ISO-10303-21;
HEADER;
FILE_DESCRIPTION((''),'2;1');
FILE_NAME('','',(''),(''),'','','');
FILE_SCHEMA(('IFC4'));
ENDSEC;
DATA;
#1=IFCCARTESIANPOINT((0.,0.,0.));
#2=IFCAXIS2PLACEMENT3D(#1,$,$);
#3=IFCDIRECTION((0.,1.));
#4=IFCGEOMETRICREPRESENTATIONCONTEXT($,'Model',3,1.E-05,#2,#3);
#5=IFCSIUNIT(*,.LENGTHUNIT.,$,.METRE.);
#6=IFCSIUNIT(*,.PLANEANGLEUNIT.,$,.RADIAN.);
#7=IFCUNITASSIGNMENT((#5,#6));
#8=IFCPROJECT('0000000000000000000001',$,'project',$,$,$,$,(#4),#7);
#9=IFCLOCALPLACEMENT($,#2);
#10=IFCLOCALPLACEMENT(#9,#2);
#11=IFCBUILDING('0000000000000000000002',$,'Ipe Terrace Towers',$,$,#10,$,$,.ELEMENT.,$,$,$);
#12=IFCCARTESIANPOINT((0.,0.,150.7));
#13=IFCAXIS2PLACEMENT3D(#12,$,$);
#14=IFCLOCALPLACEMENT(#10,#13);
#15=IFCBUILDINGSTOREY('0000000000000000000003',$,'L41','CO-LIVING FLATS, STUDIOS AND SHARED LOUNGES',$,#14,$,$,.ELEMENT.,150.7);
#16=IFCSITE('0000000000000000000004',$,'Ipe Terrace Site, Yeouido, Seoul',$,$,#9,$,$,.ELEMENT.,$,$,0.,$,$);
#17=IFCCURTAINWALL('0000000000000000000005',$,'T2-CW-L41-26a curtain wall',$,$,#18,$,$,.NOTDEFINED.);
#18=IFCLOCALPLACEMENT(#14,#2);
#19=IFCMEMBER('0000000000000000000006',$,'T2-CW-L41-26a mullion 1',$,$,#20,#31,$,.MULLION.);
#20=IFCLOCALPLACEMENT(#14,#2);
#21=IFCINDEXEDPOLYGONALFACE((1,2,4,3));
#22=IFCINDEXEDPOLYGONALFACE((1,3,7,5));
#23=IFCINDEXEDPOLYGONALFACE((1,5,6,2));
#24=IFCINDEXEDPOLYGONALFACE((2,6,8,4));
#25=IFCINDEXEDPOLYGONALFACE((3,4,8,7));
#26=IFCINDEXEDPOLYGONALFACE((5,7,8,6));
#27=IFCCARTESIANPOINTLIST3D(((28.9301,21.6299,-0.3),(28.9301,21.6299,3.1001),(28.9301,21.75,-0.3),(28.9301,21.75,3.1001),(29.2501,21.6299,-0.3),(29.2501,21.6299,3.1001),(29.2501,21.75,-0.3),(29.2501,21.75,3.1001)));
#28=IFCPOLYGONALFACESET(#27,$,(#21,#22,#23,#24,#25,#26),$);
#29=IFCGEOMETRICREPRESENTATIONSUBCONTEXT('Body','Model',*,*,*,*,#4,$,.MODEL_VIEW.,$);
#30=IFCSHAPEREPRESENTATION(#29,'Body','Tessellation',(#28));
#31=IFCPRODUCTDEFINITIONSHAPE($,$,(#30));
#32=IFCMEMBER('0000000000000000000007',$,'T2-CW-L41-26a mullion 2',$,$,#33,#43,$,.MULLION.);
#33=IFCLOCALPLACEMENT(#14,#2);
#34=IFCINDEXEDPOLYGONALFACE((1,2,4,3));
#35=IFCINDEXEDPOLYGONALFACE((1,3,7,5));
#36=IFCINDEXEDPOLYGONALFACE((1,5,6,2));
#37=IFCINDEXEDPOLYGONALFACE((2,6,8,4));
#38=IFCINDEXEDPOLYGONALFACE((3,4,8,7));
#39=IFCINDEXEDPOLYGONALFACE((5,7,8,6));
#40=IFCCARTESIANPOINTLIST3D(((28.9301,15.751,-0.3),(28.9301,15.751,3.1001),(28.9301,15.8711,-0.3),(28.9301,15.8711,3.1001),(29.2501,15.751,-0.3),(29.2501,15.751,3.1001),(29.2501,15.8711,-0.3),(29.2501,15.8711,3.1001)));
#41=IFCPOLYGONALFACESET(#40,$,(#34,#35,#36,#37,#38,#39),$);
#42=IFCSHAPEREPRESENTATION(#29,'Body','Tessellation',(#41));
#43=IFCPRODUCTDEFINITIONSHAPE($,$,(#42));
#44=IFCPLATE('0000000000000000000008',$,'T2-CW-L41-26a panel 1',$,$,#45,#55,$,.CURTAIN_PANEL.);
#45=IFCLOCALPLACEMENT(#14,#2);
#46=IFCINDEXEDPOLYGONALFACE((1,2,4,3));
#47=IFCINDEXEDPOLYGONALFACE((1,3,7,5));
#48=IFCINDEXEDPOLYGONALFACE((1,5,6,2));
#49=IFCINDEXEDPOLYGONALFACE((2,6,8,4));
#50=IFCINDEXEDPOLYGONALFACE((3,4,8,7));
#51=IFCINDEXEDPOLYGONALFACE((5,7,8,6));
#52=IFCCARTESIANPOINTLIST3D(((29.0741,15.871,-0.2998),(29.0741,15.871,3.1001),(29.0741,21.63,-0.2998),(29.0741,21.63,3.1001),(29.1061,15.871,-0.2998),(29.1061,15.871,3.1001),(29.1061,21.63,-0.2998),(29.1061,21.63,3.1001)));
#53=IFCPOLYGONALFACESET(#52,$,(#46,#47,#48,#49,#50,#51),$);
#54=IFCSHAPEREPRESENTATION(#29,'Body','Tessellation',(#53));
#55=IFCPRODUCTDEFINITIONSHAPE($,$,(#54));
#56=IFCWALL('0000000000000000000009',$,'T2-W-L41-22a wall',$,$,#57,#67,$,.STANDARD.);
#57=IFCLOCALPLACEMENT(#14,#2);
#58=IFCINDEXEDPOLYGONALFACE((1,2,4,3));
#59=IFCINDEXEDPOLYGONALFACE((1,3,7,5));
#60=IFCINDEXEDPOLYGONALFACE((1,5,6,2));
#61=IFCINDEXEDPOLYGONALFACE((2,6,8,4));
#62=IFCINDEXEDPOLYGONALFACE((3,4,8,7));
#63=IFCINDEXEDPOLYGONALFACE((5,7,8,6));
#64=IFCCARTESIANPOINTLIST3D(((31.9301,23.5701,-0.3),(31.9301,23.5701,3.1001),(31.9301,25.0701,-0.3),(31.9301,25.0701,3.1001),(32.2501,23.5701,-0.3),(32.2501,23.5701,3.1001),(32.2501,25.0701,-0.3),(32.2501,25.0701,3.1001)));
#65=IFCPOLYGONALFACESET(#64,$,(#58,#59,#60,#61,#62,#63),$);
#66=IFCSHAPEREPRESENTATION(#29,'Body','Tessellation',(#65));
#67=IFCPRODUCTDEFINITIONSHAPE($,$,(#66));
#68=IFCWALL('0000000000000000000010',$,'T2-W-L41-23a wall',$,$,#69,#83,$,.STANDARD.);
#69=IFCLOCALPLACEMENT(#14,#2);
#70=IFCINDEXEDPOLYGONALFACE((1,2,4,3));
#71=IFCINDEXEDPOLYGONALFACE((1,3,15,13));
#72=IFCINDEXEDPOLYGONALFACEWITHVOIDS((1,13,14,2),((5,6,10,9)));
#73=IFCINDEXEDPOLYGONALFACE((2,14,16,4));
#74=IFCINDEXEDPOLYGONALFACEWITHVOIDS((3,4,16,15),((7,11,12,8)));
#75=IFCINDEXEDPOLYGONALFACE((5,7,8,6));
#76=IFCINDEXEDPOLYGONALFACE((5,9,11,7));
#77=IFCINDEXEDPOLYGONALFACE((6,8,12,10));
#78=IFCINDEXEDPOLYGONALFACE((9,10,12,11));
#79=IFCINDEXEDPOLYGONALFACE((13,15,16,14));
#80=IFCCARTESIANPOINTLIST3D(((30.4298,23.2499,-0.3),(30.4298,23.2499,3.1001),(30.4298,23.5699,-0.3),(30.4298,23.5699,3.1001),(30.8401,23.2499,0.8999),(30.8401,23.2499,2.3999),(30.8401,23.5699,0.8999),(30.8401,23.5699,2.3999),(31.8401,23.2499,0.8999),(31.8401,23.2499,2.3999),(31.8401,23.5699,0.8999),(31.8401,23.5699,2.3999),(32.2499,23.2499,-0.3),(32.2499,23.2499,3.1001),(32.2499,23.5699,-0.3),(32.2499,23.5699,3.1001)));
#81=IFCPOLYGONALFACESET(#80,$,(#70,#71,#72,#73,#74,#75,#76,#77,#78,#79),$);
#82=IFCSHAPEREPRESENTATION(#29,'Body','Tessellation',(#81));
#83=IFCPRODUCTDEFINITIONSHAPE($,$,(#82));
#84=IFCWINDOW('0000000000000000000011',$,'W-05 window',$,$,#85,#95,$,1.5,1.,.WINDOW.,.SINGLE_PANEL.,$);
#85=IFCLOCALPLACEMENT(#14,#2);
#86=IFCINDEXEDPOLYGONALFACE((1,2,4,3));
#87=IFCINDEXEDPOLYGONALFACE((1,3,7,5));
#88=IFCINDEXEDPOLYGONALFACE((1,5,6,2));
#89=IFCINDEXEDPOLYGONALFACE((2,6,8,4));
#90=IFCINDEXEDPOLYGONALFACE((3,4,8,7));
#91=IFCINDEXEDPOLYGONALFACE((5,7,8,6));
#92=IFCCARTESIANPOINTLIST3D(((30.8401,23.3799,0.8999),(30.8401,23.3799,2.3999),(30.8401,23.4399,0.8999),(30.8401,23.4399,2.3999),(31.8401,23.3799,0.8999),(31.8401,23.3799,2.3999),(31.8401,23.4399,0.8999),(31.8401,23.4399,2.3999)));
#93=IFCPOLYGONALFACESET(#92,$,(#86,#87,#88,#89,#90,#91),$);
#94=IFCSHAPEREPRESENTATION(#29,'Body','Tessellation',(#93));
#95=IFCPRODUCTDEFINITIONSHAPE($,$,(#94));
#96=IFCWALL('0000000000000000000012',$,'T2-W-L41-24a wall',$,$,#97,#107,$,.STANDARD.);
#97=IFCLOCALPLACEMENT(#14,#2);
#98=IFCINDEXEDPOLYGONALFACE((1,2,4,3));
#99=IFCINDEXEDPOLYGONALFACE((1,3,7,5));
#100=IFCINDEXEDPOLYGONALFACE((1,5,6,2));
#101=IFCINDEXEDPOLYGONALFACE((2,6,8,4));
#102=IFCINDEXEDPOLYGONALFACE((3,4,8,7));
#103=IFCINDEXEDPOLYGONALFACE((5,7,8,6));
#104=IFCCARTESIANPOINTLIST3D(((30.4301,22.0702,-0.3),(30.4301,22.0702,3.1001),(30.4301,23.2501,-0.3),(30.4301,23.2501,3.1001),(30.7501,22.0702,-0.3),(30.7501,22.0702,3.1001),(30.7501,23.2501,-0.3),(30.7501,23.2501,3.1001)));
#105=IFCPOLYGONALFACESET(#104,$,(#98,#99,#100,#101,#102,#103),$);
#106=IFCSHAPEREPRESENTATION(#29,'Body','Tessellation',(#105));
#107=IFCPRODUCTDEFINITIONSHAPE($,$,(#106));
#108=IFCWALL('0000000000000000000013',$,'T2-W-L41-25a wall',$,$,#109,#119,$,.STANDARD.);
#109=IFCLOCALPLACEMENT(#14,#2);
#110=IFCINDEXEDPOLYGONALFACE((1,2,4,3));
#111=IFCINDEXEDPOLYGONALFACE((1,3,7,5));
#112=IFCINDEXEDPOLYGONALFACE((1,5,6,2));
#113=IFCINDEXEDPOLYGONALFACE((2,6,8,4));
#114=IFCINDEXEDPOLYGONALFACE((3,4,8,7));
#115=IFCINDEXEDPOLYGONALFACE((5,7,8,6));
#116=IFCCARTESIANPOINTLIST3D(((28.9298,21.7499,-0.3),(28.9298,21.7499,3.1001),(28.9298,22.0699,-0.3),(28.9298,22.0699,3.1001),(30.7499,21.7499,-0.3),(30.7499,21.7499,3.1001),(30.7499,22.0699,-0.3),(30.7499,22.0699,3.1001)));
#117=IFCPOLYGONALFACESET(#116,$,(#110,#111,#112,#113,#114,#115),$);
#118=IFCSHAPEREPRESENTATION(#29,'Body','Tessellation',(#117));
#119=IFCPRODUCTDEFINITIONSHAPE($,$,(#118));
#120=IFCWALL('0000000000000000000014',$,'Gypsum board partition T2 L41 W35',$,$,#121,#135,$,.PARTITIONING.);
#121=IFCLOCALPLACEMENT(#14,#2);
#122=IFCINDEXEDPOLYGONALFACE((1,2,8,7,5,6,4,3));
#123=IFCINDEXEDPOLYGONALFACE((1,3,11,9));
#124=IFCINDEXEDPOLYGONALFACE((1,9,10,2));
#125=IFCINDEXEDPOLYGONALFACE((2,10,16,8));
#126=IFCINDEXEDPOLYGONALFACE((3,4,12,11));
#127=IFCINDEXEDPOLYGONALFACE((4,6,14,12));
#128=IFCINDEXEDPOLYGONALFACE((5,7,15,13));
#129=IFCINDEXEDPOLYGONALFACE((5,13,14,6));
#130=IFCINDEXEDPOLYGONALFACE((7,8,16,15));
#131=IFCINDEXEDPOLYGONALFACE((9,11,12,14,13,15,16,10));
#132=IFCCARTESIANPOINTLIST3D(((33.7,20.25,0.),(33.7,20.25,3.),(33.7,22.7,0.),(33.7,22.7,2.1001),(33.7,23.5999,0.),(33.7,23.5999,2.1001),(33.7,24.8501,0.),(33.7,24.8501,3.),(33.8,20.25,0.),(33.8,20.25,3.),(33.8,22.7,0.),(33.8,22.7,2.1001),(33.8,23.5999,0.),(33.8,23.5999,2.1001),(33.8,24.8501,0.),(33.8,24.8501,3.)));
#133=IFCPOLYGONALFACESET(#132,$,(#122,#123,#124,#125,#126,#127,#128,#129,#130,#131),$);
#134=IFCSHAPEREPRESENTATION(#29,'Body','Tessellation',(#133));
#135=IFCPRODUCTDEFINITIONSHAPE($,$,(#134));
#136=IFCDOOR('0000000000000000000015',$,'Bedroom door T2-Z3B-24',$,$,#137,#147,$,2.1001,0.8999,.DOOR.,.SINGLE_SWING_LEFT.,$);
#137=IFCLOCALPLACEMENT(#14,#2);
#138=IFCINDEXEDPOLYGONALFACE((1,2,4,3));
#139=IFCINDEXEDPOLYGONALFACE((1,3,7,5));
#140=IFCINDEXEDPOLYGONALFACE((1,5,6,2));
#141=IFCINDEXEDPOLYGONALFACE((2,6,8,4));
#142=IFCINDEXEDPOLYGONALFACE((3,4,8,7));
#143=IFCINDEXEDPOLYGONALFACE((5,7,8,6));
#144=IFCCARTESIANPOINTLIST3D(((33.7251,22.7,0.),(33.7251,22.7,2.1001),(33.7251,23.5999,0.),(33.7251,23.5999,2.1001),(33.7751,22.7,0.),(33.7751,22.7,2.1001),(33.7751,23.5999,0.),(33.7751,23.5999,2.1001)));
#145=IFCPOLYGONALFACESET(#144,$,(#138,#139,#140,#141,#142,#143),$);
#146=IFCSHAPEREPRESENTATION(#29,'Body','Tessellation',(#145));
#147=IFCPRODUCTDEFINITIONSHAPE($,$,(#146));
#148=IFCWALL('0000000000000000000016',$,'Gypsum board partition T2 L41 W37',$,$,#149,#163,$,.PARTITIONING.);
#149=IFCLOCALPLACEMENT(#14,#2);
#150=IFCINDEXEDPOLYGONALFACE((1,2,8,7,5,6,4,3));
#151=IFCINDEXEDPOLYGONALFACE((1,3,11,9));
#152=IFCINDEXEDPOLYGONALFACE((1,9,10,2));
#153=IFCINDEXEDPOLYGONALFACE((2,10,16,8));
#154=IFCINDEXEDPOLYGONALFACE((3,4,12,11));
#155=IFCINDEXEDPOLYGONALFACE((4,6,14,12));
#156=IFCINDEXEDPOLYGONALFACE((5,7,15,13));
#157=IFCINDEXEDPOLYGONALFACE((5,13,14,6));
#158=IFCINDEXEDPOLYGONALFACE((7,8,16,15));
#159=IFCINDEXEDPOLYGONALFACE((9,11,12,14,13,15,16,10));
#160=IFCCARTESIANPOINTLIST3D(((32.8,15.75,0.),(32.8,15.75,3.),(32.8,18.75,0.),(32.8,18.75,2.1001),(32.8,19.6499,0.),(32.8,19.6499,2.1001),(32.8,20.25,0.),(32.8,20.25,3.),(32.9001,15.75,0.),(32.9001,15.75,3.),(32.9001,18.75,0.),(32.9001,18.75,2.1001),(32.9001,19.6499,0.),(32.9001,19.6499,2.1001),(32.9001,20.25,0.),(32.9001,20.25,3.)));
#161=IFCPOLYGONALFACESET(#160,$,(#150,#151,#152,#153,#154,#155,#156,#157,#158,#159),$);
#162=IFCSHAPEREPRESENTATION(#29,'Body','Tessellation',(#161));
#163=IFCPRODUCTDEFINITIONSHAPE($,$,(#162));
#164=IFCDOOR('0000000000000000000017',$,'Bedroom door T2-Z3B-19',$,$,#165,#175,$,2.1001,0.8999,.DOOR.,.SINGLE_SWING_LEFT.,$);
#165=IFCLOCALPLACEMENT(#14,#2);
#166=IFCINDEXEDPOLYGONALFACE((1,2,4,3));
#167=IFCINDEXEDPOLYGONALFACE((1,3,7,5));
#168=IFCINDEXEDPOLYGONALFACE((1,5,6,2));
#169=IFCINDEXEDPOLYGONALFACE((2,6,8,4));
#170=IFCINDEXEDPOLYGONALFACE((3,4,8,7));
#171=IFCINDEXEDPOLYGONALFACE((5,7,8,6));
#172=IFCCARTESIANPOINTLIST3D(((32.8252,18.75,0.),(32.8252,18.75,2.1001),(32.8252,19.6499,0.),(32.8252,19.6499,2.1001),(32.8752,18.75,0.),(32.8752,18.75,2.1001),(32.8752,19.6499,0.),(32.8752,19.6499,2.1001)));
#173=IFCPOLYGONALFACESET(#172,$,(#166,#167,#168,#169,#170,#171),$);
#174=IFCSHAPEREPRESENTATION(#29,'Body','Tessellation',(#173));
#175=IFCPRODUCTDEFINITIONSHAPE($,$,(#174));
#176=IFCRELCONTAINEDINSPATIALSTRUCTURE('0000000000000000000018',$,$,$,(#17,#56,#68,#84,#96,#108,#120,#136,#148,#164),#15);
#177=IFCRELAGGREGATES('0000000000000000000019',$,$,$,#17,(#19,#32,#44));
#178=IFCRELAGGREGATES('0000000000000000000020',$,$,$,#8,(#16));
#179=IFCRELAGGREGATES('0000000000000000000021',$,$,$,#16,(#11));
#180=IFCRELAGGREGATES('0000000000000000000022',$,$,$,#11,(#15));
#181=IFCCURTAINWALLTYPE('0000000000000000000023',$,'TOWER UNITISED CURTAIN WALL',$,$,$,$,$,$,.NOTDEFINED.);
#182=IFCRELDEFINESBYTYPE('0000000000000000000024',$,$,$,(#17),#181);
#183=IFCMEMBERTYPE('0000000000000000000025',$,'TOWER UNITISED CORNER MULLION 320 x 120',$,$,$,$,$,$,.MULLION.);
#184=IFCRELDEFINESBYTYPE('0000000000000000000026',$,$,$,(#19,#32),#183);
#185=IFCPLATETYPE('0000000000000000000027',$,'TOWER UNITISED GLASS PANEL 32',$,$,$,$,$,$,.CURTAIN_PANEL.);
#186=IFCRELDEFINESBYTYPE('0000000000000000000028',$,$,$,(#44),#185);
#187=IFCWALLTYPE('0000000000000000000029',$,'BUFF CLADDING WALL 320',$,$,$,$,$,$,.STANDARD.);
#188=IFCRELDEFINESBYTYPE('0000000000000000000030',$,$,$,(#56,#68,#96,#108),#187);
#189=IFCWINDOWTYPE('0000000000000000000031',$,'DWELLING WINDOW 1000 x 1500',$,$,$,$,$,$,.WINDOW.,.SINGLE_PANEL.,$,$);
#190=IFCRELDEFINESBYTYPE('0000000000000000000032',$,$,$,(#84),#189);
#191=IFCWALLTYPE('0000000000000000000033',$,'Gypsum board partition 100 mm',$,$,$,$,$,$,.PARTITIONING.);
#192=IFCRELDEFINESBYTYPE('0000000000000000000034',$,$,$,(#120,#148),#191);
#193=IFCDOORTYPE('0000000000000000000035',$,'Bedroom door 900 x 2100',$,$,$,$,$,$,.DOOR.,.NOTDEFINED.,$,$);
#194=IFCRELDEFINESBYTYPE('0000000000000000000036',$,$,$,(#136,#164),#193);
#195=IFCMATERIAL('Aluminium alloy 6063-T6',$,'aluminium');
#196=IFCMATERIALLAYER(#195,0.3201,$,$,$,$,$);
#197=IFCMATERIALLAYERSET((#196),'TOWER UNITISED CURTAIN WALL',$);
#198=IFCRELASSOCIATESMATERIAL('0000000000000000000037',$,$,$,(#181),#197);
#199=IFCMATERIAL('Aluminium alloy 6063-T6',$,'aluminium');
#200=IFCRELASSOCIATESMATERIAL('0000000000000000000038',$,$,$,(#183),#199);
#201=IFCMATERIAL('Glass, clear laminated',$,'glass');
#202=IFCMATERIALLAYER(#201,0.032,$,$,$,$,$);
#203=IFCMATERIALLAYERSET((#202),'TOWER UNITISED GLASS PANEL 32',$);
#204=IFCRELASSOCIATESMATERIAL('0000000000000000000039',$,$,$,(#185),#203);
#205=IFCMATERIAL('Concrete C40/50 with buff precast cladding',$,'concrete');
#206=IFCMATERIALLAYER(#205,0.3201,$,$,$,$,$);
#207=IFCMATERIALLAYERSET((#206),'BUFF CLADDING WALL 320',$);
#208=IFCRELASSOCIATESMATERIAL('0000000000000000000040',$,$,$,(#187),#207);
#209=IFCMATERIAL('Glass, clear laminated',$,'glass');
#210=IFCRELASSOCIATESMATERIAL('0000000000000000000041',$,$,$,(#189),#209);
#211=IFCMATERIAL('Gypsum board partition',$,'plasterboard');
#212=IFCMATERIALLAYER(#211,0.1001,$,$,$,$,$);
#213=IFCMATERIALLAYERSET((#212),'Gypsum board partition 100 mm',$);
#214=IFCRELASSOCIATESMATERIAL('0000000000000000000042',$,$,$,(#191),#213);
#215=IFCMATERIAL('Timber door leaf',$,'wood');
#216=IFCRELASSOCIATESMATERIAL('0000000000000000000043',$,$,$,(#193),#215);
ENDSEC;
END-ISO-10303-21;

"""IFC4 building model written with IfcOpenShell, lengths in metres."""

from ifc_helpers import new_model, si_unit, direction, frame, frame_2d, origin, origin_2d, place, context, subcontext, project, spatial, rectangle, extrude, material, layer, layer_set, material_profile, profile_set, type_object, element, fill, aggregate, save


model = new_model("IFC4")

# Units and contexts
model_context = context("Model", 3, precision=1e-05, world=origin(), true_north=direction((0.0, 1.0)))
body_context = subcontext(model_context, "Body", "Model", "MODEL_VIEW")
ifc_project = project(units=[si_unit("LENGTHUNIT", "METRE"), si_unit("PLANEANGLEUNIT", "RADIAN")], contexts=[model_context])

# Site, building, storey
site_placement = place(None, origin())
site = spatial("IfcSite", under=ifc_project, at=site_placement, Name="Ipe Terrace Site, Yeouido, Seoul", CompositionType="ELEMENT", RefElevation=0.0)
building_placement = place(site_placement, origin())
building = spatial("IfcBuilding", under=site, at=building_placement, Name="Ipe Terrace Towers", CompositionType="ELEMENT")
storey_placement = place(building_placement, frame((0.0, 0.0, 150.7)))
storey = spatial("IfcBuildingStorey", under=building, at=storey_placement, Name="L41", Description="CO-LIVING FLATS, STUDIOS AND SHARED LOUNGES", CompositionType="ELEMENT", Elevation=150.7)

# Shared definitions
ifc_material_1 = material(Name="Aluminium alloy 6063-T6", Category="aluminium")
ifc_layer_1 = layer(ifc_material_1, 0.3201)
ifc_layer_set_1 = layer_set([ifc_layer_1], Name="TOWER UNITISED CURTAIN WALL")
curtain_wall_type = type_object("IfcCurtainWallType", Name="TOWER UNITISED CURTAIN WALL", PredefinedType="NOTDEFINED", material=ifc_layer_set_1)
ifc_material_2 = material(Name="Aluminium alloy 6063-T6", Category="aluminium")
ifc_material_profile_1 = material_profile(ifc_material_2, rectangle(XDim=0.3201, YDim=0.1201, at=origin_2d()), Name="TOWER UNITISED CORNER MULLION 320 x 120")
ifc_profile_set_1 = profile_set([ifc_material_profile_1], Name="Aluminium alloy 6063-T6")
member_type = type_object("IfcMemberType", Name="TOWER UNITISED CORNER MULLION 320 x 120", PredefinedType="MULLION", material=ifc_profile_set_1)

# Curtain wall, members, plate
curtain_wall_1_placement = place(storey_placement, origin())
curtain_wall_1 = element("IfcCurtainWall", 1, at=curtain_wall_1_placement, inside=storey, type_object=curtain_wall_type, Name="T2-CW-L41-26a curtain wall", PredefinedType="NOTDEFINED")
member_1_placement = place(storey_placement, frame((29.0901, 21.6899, -0.3), z_axis=(0.0, 0.0, 1.0), x_axis=(-1.0, 0.0, 0.0)))
member_1 = element("IfcMember", 2, at=member_1_placement, type_object=member_type, Name="T2-CW-L41-26a mullion 1", PredefinedType="MULLION", context=body_context, shape_type="SweptSolid", body=[
    extrude(rectangle(XDim=0.3201, YDim=0.1201, at=origin_2d()), origin(), (0.0, 0.0, 1.0), 3.4001),
])
member_2_placement = place(storey_placement, frame((29.0901, 15.811, -0.3), z_axis=(0.0, 0.0, 1.0), x_axis=(-1.0, 0.0, 0.0)))
member_2 = element("IfcMember", 3, at=member_2_placement, type_object=member_type, Name="T2-CW-L41-26a mullion 2", PredefinedType="MULLION", context=body_context, shape_type="SweptSolid", body=[
    extrude(rectangle(XDim=0.3201, YDim=0.1201, at=origin_2d()), origin(), (0.0, 0.0, 1.0), 3.4001),
])
ifc_material_3 = material(Name="Glass, clear laminated", Category="glass")
ifc_layer_2 = layer(ifc_material_3, 0.032)
ifc_layer_set_2 = layer_set([ifc_layer_2], Name="TOWER UNITISED GLASS PANEL 32")
plate_type = type_object("IfcPlateType", Name="TOWER UNITISED GLASS PANEL 32", PredefinedType="CURTAIN_PANEL", material=ifc_layer_set_2)
plate_placement = place(storey_placement, frame((29.0901, 18.7505, -0.2998), z_axis=(0.0, 0.0, 1.0), x_axis=(0.0, -1.0, 0.0)))
plate = element("IfcPlate", 4, at=plate_placement, type_object=plate_type, Name="T2-CW-L41-26a panel 1", PredefinedType="CURTAIN_PANEL", context=body_context, shape_type="SweptSolid", body=[
    extrude(rectangle(XDim=5.759, YDim=0.032, at=origin_2d()), origin(), (0.0, 0.0, 1.0), 3.3999),
])
aggregate(curtain_wall_1, [member_1, member_2, plate])

# Wall
ifc_material_4 = material(Name="Concrete C40/50 with buff precast cladding", Category="concrete")
ifc_layer_3 = layer(ifc_material_4, 0.3201)
ifc_layer_set_3 = layer_set([ifc_layer_3], Name="BUFF CLADDING WALL 320")
wall_type_1 = type_object("IfcWallType", Name="BUFF CLADDING WALL 320", PredefinedType="STANDARD", material=ifc_layer_set_3)
wall_1_placement = place(storey_placement, frame((32.0901, 25.0701, -0.3), z_axis=(0.0, 0.0, 1.0), x_axis=(0.0, -1.0, 0.0)))
element("IfcWall", 5, at=wall_1_placement, inside=storey, type_object=wall_type_1, Name="T2-W-L41-22a wall", PredefinedType="STANDARD", context=body_context, shape_type="SweptSolid", body=[
    extrude(rectangle(XDim=1.5, YDim=0.3201, at=frame_2d((0.75, 0.0))), origin(), (0.0, 0.0, 1.0), 3.4001),
])

# Wall, opening, window
wall_2_placement = place(storey_placement, frame((32.25, 23.4099, -0.3), z_axis=(0.0, 0.0, 1.0), x_axis=(-1.0, 0.0, 0.0)))
wall_2 = element("IfcWall", 6, at=wall_2_placement, inside=storey, type_object=wall_type_1, Name="T2-W-L41-23a wall", PredefinedType="STANDARD", context=body_context, shape_type="SweptSolid", body=[
    extrude(rectangle(XDim=1.8201, YDim=0.3201, at=frame_2d((0.9102, 0.0))), origin(), (0.0, 0.0, 1.0), 3.4001),
])
opening_1_placement = place(wall_2_placement, frame((0.4099, 0.0, 1.2)))
opening_1 = element("IfcOpeningElement", 7, at=opening_1_placement, cuts=wall_2, PredefinedType="OPENING", context=body_context, shape_type="SweptSolid", body=[
    extrude(rectangle(XDim=1.0, YDim=1.5, at=frame_2d((0.5, 0.75))), frame((0.0, 0.1699, 0.0), z_axis=(0.0, -1.0, 0.0), x_axis=(1.0, 0.0, 0.0)), (0.0, 0.0, 1.0), 0.3401),
])
ifc_material_5 = material(Name="Glass, clear laminated", Category="glass")
window_type = type_object("IfcWindowType", Name="DWELLING WINDOW 1000 x 1500", PartitioningType="SINGLE_PANEL", PredefinedType="WINDOW", material=ifc_material_5)
window_placement = place(opening_1_placement, origin())
window = element("IfcWindow", 8, at=window_placement, inside=storey, type_object=window_type, Name="W-05 window", OverallHeight=1.5, OverallWidth=1.0, PartitioningType="SINGLE_PANEL", PredefinedType="WINDOW", context=body_context, shape_type="SweptSolid", body=[
    extrude(rectangle(XDim=1.0, YDim=1.5, at=frame_2d((0.5, 0.75))), frame((0.0, 0.03, 0.0), z_axis=(0.0, -1.0, 0.0), x_axis=(1.0, 0.0, 0.0)), (0.0, 0.0, 1.0), 0.0601),
])
fill(opening_1, window)

# Walls
wall_3_placement = place(storey_placement, frame((30.5901, 23.25, -0.3), z_axis=(0.0, 0.0, 1.0), x_axis=(0.0, -1.0, 0.0)))
element("IfcWall", 9, at=wall_3_placement, inside=storey, type_object=wall_type_1, Name="T2-W-L41-24a wall", PredefinedType="STANDARD", context=body_context, shape_type="SweptSolid", body=[
    extrude(rectangle(XDim=1.1799, YDim=0.3201, at=frame_2d((0.5898, 0.0))), origin(), (0.0, 0.0, 1.0), 3.4001),
])
wall_4_placement = place(storey_placement, frame((30.75, 21.9099, -0.3), z_axis=(0.0, 0.0, 1.0), x_axis=(-1.0, 0.0, 0.0)))
element("IfcWall", 10, at=wall_4_placement, inside=storey, type_object=wall_type_1, Name="T2-W-L41-25a wall", PredefinedType="STANDARD", context=body_context, shape_type="SweptSolid", body=[
    extrude(rectangle(XDim=1.8201, YDim=0.3201, at=frame_2d((0.9102, 0.0))), origin(), (0.0, 0.0, 1.0), 3.4001),
])

# Walls, openings, doors
ifc_material_6 = material(Name="Gypsum board partition", Category="plasterboard")
ifc_layer_4 = layer(ifc_material_6, 0.1001)
ifc_layer_set_4 = layer_set([ifc_layer_4], Name="Gypsum board partition 100 mm")
wall_type_2 = type_object("IfcWallType", Name="Gypsum board partition 100 mm", PredefinedType="PARTITIONING", material=ifc_layer_set_4)
wall_5_placement = place(storey_placement, frame((33.75, 20.25, 0.0), z_axis=(0.0, 0.0, 1.0), x_axis=(0.0, 1.0, 0.0)))
wall_5 = element("IfcWall", 11, at=wall_5_placement, inside=storey, type_object=wall_type_2, Name="Gypsum board partition T2 L41 W35", PredefinedType="PARTITIONING", context=body_context, shape_type="SweptSolid", body=[
    extrude(rectangle(XDim=4.6001, YDim=0.1001, at=frame_2d((2.3, 0.0))), origin(), (0.0, 0.0, 1.0), 3.0),
])
opening_2_placement = place(wall_5_placement, frame((2.45, 0.0, 0.0)))
opening_2 = element("IfcOpeningElement", 12, at=opening_2_placement, cuts=wall_5, PredefinedType="OPENING", context=body_context, shape_type="SweptSolid", body=[
    extrude(rectangle(XDim=0.8999, YDim=2.1001, at=frame_2d((0.45, 1.05))), frame((0.0, 0.0601, 0.0), z_axis=(0.0, -1.0, 0.0), x_axis=(1.0, 0.0, 0.0)), (0.0, 0.0, 1.0), 0.1201),
])
ifc_material_7 = material(Name="Timber door leaf", Category="wood")
door_type = type_object("IfcDoorType", Name="Bedroom door 900 x 2100", OperationType="NOTDEFINED", PredefinedType="DOOR", material=ifc_material_7)
door_1_placement = place(opening_2_placement, origin())
door_1 = element("IfcDoor", 13, at=door_1_placement, inside=storey, type_object=door_type, Name="Bedroom door T2-Z3B-24", OperationType="SINGLE_SWING_LEFT", OverallHeight=2.1001, OverallWidth=0.8999, PredefinedType="DOOR", context=body_context, shape_type="SweptSolid", body=[
    extrude(rectangle(XDim=0.8999, YDim=2.1001, at=frame_2d((0.45, 1.05))), frame((0.0, 0.0249, 0.0), z_axis=(0.0, -1.0, 0.0), x_axis=(1.0, 0.0, 0.0)), (0.0, 0.0, 1.0), 0.05),
])
fill(opening_2, door_1)
wall_6_placement = place(storey_placement, frame((32.8501, 15.75, 0.0), z_axis=(0.0, 0.0, 1.0), x_axis=(0.0, 1.0, 0.0)))
wall_6 = element("IfcWall", 14, at=wall_6_placement, inside=storey, type_object=wall_type_2, Name="Gypsum board partition T2 L41 W37", PredefinedType="PARTITIONING", context=body_context, shape_type="SweptSolid", body=[
    extrude(rectangle(XDim=4.5, YDim=0.1001, at=frame_2d((2.25, 0.0))), origin(), (0.0, 0.0, 1.0), 3.0),
])
opening_3_placement = place(wall_6_placement, frame((3.0, 0.0, 0.0)))
opening_3 = element("IfcOpeningElement", 15, at=opening_3_placement, cuts=wall_6, PredefinedType="OPENING", context=body_context, shape_type="SweptSolid", body=[
    extrude(rectangle(XDim=0.8999, YDim=2.1001, at=frame_2d((0.45, 1.05))), frame((0.0, 0.0601, 0.0), z_axis=(0.0, -1.0, 0.0), x_axis=(1.0, 0.0, 0.0)), (0.0, 0.0, 1.0), 0.1201),
])
door_2_placement = place(opening_3_placement, origin())
door_2 = element("IfcDoor", 16, at=door_2_placement, inside=storey, type_object=door_type, Name="Bedroom door T2-Z3B-19", OperationType="SINGLE_SWING_LEFT", OverallHeight=2.1001, OverallWidth=0.8999, PredefinedType="DOOR", context=body_context, shape_type="SweptSolid", body=[
    extrude(rectangle(XDim=0.8999, YDim=2.1001, at=frame_2d((0.45, 1.05))), frame((0.0, 0.0249, 0.0), z_axis=(0.0, -1.0, 0.0), x_axis=(1.0, 0.0, 0.0)), (0.0, 0.0, 1.0), 0.05),
])
fill(opening_3, door_2)

save(model, "model.ifc")
